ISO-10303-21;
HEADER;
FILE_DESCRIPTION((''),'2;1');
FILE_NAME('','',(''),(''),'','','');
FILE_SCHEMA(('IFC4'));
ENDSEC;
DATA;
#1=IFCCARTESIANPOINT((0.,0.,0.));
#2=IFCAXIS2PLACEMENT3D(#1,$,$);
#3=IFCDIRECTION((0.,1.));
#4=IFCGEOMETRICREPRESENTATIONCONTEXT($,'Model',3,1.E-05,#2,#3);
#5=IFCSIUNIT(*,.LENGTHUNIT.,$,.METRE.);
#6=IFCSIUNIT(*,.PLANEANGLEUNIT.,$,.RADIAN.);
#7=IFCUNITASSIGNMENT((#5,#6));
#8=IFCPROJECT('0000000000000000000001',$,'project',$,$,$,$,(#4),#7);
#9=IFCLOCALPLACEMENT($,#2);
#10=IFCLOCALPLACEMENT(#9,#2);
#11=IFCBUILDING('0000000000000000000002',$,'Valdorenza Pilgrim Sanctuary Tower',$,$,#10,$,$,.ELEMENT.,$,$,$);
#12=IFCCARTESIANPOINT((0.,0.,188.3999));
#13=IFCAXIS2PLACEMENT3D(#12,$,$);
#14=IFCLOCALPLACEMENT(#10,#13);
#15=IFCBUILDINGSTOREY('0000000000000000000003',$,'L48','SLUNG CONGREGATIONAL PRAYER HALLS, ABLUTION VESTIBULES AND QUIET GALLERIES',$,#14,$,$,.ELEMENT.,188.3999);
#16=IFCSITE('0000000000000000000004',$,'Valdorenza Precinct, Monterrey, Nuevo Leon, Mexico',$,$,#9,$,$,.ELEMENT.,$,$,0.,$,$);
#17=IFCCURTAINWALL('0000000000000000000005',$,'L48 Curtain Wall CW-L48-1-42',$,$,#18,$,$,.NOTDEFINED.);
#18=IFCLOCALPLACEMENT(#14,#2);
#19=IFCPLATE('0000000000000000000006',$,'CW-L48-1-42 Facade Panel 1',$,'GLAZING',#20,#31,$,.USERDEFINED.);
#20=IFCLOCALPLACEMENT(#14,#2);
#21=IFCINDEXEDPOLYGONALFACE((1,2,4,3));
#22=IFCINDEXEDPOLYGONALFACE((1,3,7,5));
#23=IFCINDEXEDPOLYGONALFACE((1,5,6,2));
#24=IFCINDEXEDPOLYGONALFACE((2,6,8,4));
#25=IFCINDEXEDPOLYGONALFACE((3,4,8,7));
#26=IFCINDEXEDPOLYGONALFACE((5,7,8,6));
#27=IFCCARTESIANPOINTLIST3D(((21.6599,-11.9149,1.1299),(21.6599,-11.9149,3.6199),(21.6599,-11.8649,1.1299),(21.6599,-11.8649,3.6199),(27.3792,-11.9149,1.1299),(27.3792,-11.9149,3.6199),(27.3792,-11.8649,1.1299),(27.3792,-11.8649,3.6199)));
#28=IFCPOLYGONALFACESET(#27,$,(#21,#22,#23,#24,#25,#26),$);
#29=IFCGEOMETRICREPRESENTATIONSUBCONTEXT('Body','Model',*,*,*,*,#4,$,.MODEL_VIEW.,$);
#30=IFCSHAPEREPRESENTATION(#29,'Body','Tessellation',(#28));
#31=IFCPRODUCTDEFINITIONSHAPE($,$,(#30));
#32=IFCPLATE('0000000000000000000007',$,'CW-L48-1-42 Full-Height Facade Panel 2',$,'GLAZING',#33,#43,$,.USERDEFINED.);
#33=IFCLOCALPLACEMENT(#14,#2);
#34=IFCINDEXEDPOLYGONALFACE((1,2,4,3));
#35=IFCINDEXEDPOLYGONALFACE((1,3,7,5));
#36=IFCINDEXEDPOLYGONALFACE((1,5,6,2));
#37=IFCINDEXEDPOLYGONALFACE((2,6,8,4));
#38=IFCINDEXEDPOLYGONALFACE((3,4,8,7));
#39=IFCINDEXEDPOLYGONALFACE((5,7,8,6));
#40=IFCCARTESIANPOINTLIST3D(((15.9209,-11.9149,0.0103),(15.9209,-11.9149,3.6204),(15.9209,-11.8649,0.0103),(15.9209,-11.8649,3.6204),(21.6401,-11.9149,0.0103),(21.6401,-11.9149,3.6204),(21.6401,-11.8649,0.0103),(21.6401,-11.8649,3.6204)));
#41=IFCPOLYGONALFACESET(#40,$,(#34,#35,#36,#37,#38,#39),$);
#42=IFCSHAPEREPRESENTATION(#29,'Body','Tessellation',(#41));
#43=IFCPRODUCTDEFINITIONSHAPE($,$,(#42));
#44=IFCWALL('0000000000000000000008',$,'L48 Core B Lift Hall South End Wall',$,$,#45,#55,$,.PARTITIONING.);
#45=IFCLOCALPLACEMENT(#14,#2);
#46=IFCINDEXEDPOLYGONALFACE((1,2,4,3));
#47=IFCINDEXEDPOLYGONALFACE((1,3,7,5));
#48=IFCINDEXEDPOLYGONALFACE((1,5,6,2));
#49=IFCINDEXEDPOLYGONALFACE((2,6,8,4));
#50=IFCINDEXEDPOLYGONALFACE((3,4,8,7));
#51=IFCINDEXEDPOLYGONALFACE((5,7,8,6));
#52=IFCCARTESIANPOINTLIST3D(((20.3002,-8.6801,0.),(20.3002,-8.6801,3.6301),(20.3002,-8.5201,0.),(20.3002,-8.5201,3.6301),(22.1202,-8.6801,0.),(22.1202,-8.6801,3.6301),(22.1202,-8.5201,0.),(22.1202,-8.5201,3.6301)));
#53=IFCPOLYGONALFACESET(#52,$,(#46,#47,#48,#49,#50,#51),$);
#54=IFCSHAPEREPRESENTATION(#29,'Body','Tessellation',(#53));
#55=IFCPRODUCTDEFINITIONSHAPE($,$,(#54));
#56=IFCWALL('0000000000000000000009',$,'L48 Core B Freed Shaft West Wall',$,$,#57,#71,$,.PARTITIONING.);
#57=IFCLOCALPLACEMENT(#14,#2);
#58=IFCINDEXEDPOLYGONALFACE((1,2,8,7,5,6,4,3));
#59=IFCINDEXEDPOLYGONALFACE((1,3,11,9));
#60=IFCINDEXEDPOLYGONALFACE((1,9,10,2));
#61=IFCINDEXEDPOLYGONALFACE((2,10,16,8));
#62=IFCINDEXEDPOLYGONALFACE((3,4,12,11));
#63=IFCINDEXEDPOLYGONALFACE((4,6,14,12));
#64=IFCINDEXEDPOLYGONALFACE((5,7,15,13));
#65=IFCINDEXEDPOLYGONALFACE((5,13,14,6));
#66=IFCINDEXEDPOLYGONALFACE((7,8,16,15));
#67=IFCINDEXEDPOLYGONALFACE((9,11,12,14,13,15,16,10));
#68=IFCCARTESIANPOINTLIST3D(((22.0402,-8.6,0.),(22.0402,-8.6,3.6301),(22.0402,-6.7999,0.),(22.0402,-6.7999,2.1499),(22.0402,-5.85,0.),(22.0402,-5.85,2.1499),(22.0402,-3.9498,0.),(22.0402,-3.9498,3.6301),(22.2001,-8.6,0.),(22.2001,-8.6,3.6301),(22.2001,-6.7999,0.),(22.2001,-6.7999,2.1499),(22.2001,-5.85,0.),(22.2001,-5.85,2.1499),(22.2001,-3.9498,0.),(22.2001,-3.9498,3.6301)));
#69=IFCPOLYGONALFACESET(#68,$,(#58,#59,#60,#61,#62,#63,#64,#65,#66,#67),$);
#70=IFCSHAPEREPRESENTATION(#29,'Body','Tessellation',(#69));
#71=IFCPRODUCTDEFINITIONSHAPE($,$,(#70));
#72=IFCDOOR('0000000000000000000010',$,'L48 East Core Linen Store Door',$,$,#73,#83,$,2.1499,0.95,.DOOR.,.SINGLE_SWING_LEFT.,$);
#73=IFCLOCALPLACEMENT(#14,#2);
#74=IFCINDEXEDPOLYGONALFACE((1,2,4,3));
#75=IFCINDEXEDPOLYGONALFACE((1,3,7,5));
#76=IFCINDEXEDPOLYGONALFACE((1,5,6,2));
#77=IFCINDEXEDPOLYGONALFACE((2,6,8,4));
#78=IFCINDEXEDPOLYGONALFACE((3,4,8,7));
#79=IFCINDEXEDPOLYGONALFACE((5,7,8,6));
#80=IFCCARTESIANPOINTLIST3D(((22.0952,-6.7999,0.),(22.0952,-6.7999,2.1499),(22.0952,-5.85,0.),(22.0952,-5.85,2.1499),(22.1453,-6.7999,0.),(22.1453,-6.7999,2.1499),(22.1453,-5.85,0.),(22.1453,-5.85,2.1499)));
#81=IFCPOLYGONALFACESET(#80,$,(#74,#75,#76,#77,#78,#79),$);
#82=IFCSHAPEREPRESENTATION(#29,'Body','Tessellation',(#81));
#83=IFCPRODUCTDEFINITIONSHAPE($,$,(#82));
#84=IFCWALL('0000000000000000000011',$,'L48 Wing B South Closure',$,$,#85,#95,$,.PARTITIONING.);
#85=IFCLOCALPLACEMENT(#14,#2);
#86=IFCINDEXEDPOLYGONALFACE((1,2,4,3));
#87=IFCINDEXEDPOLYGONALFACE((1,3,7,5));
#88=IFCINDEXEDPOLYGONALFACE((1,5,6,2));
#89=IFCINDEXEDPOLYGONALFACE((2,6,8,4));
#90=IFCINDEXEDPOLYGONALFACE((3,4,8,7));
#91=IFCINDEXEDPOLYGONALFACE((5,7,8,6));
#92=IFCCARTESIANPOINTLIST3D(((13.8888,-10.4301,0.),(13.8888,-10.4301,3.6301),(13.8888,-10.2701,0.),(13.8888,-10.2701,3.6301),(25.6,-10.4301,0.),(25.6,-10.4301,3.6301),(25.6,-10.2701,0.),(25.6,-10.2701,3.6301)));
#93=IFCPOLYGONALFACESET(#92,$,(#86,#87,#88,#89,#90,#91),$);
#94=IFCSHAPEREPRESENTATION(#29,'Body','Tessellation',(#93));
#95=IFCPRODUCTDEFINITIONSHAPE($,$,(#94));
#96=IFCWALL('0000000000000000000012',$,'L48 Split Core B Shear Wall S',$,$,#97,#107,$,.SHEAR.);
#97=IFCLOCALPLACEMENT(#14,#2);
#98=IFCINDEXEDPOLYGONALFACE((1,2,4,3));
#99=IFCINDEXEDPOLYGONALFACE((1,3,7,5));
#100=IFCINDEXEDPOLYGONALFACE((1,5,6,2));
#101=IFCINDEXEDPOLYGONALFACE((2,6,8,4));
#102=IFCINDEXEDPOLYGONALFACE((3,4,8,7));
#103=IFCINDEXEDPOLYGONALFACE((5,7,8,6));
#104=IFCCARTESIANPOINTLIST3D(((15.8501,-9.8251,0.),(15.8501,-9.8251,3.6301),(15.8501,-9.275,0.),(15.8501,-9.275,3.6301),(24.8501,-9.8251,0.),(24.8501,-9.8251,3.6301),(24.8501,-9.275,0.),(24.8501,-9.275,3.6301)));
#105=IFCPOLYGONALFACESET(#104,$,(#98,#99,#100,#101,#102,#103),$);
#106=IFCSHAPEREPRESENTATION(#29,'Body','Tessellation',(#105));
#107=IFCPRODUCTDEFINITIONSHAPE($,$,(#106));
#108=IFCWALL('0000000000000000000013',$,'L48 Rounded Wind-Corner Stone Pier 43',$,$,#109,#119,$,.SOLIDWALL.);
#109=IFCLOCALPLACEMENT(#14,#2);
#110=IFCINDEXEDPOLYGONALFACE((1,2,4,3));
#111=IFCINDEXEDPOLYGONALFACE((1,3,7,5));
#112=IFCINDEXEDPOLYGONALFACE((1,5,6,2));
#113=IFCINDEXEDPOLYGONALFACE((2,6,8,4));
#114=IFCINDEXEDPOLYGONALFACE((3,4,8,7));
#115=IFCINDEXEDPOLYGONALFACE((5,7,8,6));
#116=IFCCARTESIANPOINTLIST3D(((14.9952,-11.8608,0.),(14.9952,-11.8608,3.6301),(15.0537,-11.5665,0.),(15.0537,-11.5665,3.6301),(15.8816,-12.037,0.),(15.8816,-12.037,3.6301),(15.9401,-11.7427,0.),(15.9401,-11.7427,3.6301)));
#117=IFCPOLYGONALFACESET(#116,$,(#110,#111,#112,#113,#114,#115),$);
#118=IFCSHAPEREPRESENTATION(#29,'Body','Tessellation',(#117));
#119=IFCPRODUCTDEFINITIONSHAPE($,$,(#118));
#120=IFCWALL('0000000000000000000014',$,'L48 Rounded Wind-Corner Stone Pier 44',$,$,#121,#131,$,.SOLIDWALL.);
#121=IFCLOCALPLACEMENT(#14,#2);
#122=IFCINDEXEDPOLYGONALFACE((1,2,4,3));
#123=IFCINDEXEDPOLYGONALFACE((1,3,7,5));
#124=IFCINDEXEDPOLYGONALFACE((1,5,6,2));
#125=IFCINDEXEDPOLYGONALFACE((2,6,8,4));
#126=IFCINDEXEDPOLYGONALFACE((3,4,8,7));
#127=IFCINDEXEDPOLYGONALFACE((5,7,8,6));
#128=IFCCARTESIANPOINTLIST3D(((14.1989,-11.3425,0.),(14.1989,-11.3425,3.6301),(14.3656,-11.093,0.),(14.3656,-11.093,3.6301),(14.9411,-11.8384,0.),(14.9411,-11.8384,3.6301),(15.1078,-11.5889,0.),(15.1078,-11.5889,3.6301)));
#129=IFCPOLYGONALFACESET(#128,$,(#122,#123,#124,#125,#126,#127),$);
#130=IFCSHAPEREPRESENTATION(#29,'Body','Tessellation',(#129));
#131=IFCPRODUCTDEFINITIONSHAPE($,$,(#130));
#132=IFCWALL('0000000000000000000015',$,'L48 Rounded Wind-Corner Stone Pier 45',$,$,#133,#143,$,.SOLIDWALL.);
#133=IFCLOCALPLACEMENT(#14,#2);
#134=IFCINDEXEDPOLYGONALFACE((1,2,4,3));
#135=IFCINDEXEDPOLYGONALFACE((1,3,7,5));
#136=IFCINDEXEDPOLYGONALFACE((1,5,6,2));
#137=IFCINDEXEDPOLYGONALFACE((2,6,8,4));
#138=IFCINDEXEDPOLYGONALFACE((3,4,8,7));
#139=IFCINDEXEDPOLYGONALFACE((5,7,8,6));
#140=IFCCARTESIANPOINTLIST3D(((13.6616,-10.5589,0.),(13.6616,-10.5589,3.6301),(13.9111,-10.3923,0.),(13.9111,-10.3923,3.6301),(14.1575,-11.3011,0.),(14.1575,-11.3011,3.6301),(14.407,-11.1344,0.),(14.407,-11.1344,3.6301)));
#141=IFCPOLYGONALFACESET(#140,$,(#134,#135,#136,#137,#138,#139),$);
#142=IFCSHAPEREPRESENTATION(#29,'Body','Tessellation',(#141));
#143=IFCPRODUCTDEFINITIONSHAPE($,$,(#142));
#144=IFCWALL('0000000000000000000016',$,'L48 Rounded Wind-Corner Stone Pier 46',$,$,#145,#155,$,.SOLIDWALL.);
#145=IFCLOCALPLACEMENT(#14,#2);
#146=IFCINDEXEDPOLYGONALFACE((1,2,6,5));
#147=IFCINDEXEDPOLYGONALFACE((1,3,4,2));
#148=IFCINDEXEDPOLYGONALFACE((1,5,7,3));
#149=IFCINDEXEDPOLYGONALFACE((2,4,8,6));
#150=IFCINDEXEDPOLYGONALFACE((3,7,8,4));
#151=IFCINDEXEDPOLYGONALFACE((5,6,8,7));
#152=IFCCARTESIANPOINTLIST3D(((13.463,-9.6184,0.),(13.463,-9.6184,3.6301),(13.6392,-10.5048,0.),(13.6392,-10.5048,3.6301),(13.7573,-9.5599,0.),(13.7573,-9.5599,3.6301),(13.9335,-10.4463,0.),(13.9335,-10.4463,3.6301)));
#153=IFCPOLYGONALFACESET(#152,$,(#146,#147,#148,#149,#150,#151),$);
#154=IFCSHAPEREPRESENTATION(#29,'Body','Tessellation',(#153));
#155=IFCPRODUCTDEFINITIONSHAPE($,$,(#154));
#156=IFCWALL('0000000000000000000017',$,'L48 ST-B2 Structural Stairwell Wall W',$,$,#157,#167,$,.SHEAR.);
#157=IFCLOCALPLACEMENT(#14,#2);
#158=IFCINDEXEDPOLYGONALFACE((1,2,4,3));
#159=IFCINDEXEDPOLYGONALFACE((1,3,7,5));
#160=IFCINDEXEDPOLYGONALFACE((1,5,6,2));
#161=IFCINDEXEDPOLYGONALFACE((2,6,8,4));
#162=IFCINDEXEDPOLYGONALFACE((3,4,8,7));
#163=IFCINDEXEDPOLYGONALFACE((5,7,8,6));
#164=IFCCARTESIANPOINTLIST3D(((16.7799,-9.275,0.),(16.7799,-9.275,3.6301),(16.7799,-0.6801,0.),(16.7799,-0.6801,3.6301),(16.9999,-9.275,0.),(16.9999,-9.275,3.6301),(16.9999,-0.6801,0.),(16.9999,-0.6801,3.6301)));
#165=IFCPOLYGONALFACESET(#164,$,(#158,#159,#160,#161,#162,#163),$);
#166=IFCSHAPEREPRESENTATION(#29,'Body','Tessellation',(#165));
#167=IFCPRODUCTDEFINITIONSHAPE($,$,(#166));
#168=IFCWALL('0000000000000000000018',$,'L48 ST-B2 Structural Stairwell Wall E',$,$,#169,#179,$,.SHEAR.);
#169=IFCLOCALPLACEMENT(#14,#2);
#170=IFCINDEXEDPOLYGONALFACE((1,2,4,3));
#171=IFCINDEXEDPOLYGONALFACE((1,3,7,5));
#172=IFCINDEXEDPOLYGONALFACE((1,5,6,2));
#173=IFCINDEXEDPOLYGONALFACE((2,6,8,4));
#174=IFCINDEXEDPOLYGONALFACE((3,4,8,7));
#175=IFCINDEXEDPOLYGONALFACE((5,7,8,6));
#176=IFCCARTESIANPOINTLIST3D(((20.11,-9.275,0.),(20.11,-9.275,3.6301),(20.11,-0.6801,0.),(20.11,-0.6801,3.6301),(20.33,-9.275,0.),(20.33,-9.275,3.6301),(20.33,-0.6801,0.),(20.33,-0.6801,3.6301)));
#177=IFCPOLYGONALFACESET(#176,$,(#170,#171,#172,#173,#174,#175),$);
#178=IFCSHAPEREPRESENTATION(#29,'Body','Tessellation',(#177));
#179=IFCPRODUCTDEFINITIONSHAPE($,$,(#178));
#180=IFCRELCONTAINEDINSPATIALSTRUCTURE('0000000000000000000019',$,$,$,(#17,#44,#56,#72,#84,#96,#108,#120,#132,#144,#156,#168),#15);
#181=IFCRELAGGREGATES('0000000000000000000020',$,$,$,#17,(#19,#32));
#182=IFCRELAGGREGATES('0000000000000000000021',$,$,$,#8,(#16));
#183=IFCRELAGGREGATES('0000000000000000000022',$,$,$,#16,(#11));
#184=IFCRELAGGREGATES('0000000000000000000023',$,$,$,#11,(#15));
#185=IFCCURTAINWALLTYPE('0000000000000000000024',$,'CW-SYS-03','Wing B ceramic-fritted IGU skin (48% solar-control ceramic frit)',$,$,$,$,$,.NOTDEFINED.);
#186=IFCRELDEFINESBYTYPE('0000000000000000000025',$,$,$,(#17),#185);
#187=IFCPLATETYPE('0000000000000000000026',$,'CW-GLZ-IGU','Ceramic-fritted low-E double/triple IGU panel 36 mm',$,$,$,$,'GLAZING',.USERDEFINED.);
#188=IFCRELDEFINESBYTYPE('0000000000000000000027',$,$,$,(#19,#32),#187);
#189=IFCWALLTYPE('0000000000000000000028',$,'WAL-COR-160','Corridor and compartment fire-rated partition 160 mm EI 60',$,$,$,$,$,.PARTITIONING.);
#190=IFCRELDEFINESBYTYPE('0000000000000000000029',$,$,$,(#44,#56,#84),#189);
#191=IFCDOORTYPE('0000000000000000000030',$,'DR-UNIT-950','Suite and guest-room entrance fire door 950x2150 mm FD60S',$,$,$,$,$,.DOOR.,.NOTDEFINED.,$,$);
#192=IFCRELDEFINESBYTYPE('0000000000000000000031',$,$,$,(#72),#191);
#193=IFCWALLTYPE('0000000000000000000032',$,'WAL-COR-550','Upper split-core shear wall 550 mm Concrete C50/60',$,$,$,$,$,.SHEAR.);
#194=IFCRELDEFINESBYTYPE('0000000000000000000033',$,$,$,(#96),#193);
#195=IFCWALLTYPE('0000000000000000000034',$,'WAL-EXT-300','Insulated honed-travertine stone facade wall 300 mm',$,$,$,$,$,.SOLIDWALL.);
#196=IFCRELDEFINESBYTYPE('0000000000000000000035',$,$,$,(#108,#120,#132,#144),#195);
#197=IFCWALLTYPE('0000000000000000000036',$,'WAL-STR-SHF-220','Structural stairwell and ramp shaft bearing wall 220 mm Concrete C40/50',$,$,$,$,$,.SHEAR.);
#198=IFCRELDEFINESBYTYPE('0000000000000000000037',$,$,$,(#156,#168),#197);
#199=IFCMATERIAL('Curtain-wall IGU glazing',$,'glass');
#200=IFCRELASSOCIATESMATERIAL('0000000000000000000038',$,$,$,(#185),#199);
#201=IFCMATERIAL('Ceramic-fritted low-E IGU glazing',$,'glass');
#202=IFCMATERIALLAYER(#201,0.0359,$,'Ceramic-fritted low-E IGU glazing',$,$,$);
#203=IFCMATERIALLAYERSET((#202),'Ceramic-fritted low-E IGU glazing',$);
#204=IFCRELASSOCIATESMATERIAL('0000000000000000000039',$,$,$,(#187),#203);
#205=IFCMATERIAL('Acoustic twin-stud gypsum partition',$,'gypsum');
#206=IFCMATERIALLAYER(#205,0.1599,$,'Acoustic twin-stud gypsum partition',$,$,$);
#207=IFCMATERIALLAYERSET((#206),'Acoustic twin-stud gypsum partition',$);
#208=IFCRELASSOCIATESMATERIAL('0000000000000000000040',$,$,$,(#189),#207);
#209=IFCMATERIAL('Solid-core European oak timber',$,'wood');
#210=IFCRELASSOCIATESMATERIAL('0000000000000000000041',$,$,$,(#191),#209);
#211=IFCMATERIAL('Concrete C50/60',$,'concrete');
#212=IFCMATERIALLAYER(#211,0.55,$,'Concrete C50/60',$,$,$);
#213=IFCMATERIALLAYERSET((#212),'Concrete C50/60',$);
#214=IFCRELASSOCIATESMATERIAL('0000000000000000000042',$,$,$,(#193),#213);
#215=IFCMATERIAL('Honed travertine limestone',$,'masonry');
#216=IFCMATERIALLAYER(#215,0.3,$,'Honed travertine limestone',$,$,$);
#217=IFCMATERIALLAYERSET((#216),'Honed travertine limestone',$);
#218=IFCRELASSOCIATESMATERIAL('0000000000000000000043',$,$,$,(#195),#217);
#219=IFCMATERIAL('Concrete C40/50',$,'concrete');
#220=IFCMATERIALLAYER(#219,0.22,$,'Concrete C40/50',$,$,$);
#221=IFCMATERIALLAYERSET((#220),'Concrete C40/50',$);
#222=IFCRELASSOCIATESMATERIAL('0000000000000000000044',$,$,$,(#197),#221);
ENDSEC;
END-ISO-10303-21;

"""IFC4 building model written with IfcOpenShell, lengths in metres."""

from ifc_helpers import new_model, si_unit, direction, frame, frame_2d, origin, origin_2d, place, context, subcontext, project, spatial, rectangle, extrude, source, transform, mapped, material, layer, layer_set, type_object, element, fill, aggregate, save


model = new_model("IFC4")

# Units and contexts
model_context = context("Model", 3, precision=1e-05, world=origin(), true_north=direction((0.0, 1.0)))
body_context = subcontext(model_context, "Body", "Model", "MODEL_VIEW")
ifc_project = project(units=[si_unit("LENGTHUNIT", "METRE"), si_unit("PLANEANGLEUNIT", "RADIAN")], contexts=[model_context])

# Site, building, storey
site_placement = place(None, origin())
site = spatial("IfcSite", under=ifc_project, at=site_placement, Name="Valdorenza Precinct, Monterrey, Nuevo Leon, Mexico", CompositionType="ELEMENT", RefElevation=0.0)
building_placement = place(site_placement, origin())
building = spatial("IfcBuilding", under=site, at=building_placement, Name="Valdorenza Pilgrim Sanctuary Tower", CompositionType="ELEMENT")
storey_placement = place(building_placement, frame((0.0, 0.0, 188.3999)))
storey = spatial("IfcBuildingStorey", under=building, at=storey_placement, Name="L48", Description="SLUNG CONGREGATIONAL PRAYER HALLS, ABLUTION VESTIBULES AND QUIET GALLERIES", CompositionType="ELEMENT", Elevation=188.3999)

# Shared definitions
ifc_material_1 = material(Name="Concrete C50/60", Category="concrete")

# Curtain wall, plates
ifc_material_2 = material(Name="Curtain-wall IGU glazing", Category="glass")
curtain_wall_type = type_object("IfcCurtainWallType", Name="CW-SYS-03", Description="Wing B ceramic-fritted IGU skin (48% solar-control ceramic frit)", PredefinedType="NOTDEFINED", material=ifc_material_2)
curtain_wall_placement = place(storey_placement, origin())
curtain_wall = element("IfcCurtainWall", 1, at=curtain_wall_placement, inside=storey, type_object=curtain_wall_type, Name="L48 Curtain Wall CW-L48-1-42", PredefinedType="NOTDEFINED")
ifc_material_3 = material(Name="Honed travertine limestone", Category="masonry")
ifc_material_4 = material(Name="Ceramic-fritted low-E IGU glazing", Category="glass")
ifc_layer_1 = layer(ifc_material_4, 0.0359, Name="Ceramic-fritted low-E IGU glazing")
ifc_layer_set_1 = layer_set([ifc_layer_1], Name="Ceramic-fritted low-E IGU glazing")
plate_type_1 = type_object("IfcPlateType", Name="CW-GLZ-IGU", Description="Ceramic-fritted low-E double/triple IGU panel 36 mm", ElementType="GLAZING", PredefinedType="USERDEFINED", material=ifc_layer_set_1)
shared_shape_1 = source(origin(), body_context, "Body", "SweptSolid", [
    extrude(rectangle(XDim=5.7192, YDim=0.05, at=origin_2d()), origin(), (0.0, 0.0, 1.0), 2.49),
])
plate_1_placement = place(storey_placement, frame((24.5195, -11.8899, 1.1299), z_axis=(0.0, 0.0, 1.0), x_axis=(-1.0, 0.0, 0.0)))
plate_1 = element("IfcPlate", 2, at=plate_1_placement, type_object=plate_type_1, Name="CW-L48-1-42 Facade Panel 1", ObjectType="GLAZING", PredefinedType="USERDEFINED", context=body_context, shape_type="MappedRepresentation", body=[
    mapped(shared_shape_1, transform((0.0, 0.0, 0.0), x_axis=(1.0, 0.0, 0.0), y_axis=(0.0, 1.0, 0.0), z_axis=(0.0, 0.0, 1.0), scale=1.0)),
])
shared_shape_2 = source(origin(), body_context, "Body", "SweptSolid", [
    extrude(rectangle(XDim=5.7192, YDim=0.05, at=origin_2d()), origin(), (0.0, 0.0, 1.0), 3.6101),
])
plate_2_placement = place(storey_placement, frame((18.7805, -11.8899, 0.0103), z_axis=(0.0, 0.0, 1.0), x_axis=(-1.0, 0.0, 0.0)))
plate_2 = element("IfcPlate", 3, at=plate_2_placement, type_object=plate_type_1, Name="CW-L48-1-42 Full-Height Facade Panel 2", ObjectType="GLAZING", PredefinedType="USERDEFINED", context=body_context, shape_type="MappedRepresentation", body=[
    mapped(shared_shape_2, transform((0.0, 0.0, 0.0), x_axis=(1.0, 0.0, 0.0), y_axis=(0.0, 1.0, 0.0), z_axis=(0.0, 0.0, 1.0), scale=1.0)),
])
aggregate(curtain_wall, [plate_1, plate_2])

# Wall
ifc_material_5 = material(Name="Acoustic twin-stud gypsum partition", Category="gypsum")
ifc_layer_2 = layer(ifc_material_5, 0.1599, Name="Acoustic twin-stud gypsum partition")
ifc_layer_set_2 = layer_set([ifc_layer_2], Name="Acoustic twin-stud gypsum partition")
wall_type_1 = type_object("IfcWallType", Name="WAL-COR-160", Description="Corridor and compartment fire-rated partition 160 mm EI 60", PredefinedType="PARTITIONING", material=ifc_layer_set_2)
wall_1_placement = place(storey_placement, frame((20.3, -8.6001, 0.0), z_axis=(0.0, 0.0, 1.0), x_axis=(1.0, 0.0, 0.0)))
element("IfcWall", 4, at=wall_1_placement, inside=storey, type_object=wall_type_1, Name="L48 Core B Lift Hall South End Wall", PredefinedType="PARTITIONING", context=body_context, shape_type="SweptSolid", body=[
    extrude(rectangle(XDim=1.8201, YDim=0.1599, at=frame_2d((0.9102, 0.0))), origin(), (0.0, 0.0, 1.0), 3.6301),
])

# Wall, opening, door
wall_2_placement = place(storey_placement, frame((22.1201, -8.6001, 0.0), z_axis=(0.0, 0.0, 1.0), x_axis=(0.0, 1.0, 0.0)))
wall_2 = element("IfcWall", 5, at=wall_2_placement, inside=storey, type_object=wall_type_1, Name="L48 Core B Freed Shaft West Wall", PredefinedType="PARTITIONING", context=body_context, shape_type="SweptSolid", body=[
    extrude(rectangle(XDim=4.6501, YDim=0.1599, at=frame_2d((2.3252, 0.0))), origin(), (0.0, 0.0, 1.0), 3.6301),
])
opening_1_placement = place(wall_2_placement, frame((1.8, 0.0, 0.0)))
opening_1 = element("IfcOpeningElement", 6, at=opening_1_placement, cuts=wall_2, PredefinedType="OPENING", context=body_context, shape_type="SweptSolid", body=[
    extrude(rectangle(XDim=0.95, YDim=2.1499, at=frame_2d((0.4751, 1.075))), frame((0.0, 0.0947, 0.0), z_axis=(0.0, -1.0, 0.0), x_axis=(1.0, 0.0, 0.0)), (0.0, 0.0, 1.0), 0.1897),
])
ifc_material_6 = material(Name="Solid-core European oak timber", Category="wood")
door_type_1 = type_object("IfcDoorType", Name="DR-UNIT-950", Description="Suite and guest-room entrance fire door 950x2150 mm FD60S", OperationType="NOTDEFINED", PredefinedType="DOOR", material=ifc_material_6)
door_1_placement = place(opening_1_placement, origin())
door_1 = element("IfcDoor", 7, at=door_1_placement, inside=storey, type_object=door_type_1, Name="L48 East Core Linen Store Door", OperationType="SINGLE_SWING_LEFT", OverallHeight=2.1499, OverallWidth=0.95, PredefinedType="DOOR", context=body_context, shape_type="SweptSolid", body=[
    extrude(rectangle(XDim=0.95, YDim=2.1499, at=frame_2d((0.4751, 1.075))), frame((0.0, 0.0249, 0.0), z_axis=(0.0, -1.0, 0.0), x_axis=(1.0, 0.0, 0.0)), (0.0, 0.0, 1.0), 0.05),
])
fill(opening_1, door_1)

# Walls
wall_3_placement = place(storey_placement, frame((13.8889, -10.3501, 0.0), z_axis=(0.0, 0.0, 1.0), x_axis=(1.0, 0.0, 0.0)))
element("IfcWall", 8, at=wall_3_placement, inside=storey, type_object=wall_type_1, Name="L48 Wing B South Closure", PredefinedType="PARTITIONING", context=body_context, shape_type="SweptSolid", body=[
    extrude(rectangle(XDim=11.7112, YDim=0.1599, at=frame_2d((5.8555, 0.0))), origin(), (0.0, 0.0, 1.0), 3.6301),
])
ifc_layer_3 = layer(ifc_material_1, 0.55, Name="Concrete C50/60")
ifc_layer_set_3 = layer_set([ifc_layer_3], Name="Concrete C50/60")
wall_type_2 = type_object("IfcWallType", Name="WAL-COR-550", Description="Upper split-core shear wall 550 mm Concrete C50/60", PredefinedType="SHEAR", material=ifc_layer_set_3)
wall_4_placement = place(storey_placement, frame((15.8501, -9.55, 0.0), z_axis=(0.0, 0.0, 1.0), x_axis=(1.0, 0.0, 0.0)))
element("IfcWall", 9, at=wall_4_placement, inside=storey, type_object=wall_type_2, Name="L48 Split Core B Shear Wall S", PredefinedType="SHEAR", context=body_context, shape_type="SweptSolid", body=[
    extrude(rectangle(XDim=9.0, YDim=0.55, at=frame_2d((4.5, 0.0))), origin(), (0.0, 0.0, 1.0), 3.6301),
])
ifc_layer_4 = layer(ifc_material_3, 0.3, Name="Honed travertine limestone")
ifc_layer_set_4 = layer_set([ifc_layer_4], Name="Honed travertine limestone")
wall_type_3 = type_object("IfcWallType", Name="WAL-EXT-300", Description="Insulated honed-travertine stone facade wall 300 mm", PredefinedType="SOLIDWALL", material=ifc_layer_set_4)
wall_5_placement = place(storey_placement, frame((15.9109, -11.8899, 0.0), z_axis=(0.0, 0.0, 1.0), x_axis=(-0.980798, 0.195025, 0.0)))
element("IfcWall", 10, at=wall_5_placement, inside=storey, type_object=wall_type_3, Name="L48 Rounded Wind-Corner Stone Pier 43", PredefinedType="SOLIDWALL", context=body_context, shape_type="SweptSolid", body=[
    extrude(rectangle(XDim=0.9038, YDim=0.3, at=frame_2d((0.4519, 0.0))), origin(), (0.0, 0.0, 1.0), 3.6301),
])
for number, where, z_axis, x_axis, name in (
    (11, (15.0244, -11.7136, 0.0), (0.0, 0.0, 1.0), (-0.831503, 0.55552, 0.0), "L48 Rounded Wind-Corner Stone Pier 44"),
    (12, (14.2822, -11.2178, 0.0), (0.0, 0.0, 1.0), (-0.55552, 0.831503, 0.0), "L48 Rounded Wind-Corner Stone Pier 45"),
):
    element("IfcWall", number, at=place(storey_placement, frame(where, z_axis=z_axis, x_axis=x_axis)), inside=storey, type_object=wall_type_3, Name=name, PredefinedType="SOLIDWALL", context=body_context, shape_type="SweptSolid", body=[
        extrude(rectangle(XDim=0.8926, YDim=0.3, at=frame_2d((0.4463, 0.0))), origin(), (0.0, 0.0, 1.0), 3.6301),
    ])
wall_6_placement = place(storey_placement, frame((13.7864, -10.4756, 0.0), z_axis=(0.0, 0.0, 1.0), x_axis=(-0.195025, 0.980798, 0.0)))
element("IfcWall", 13, at=wall_6_placement, inside=storey, type_object=wall_type_3, Name="L48 Rounded Wind-Corner Stone Pier 46", PredefinedType="SOLIDWALL", context=body_context, shape_type="SweptSolid", body=[
    extrude(rectangle(XDim=0.9038, YDim=0.3, at=frame_2d((0.4519, 0.0))), origin(), (0.0, 0.0, 1.0), 3.6301),
])

# Walls
ifc_material_7 = material(Name="Concrete C40/50", Category="concrete")
ifc_layer_5 = layer(ifc_material_7, 0.22, Name="Concrete C40/50")
ifc_layer_set_5 = layer_set([ifc_layer_5], Name="Concrete C40/50")
wall_type_4 = type_object("IfcWallType", Name="WAL-STR-SHF-220", Description="Structural stairwell and ramp shaft bearing wall 220 mm Concrete C40/50", PredefinedType="SHEAR", material=ifc_layer_set_5)
for number, where, z_axis, x_axis, name in (
    (14, (16.8899, -9.2749, 0.0), (0.0, 0.0, 1.0), (0.0, 1.0, 0.0), "L48 ST-B2 Structural Stairwell Wall W"),
    (15, (20.22, -9.2749, 0.0), (0.0, 0.0, 1.0), (0.0, 1.0, 0.0), "L48 ST-B2 Structural Stairwell Wall E"),
):
    element("IfcWall", number, at=place(storey_placement, frame(where, z_axis=z_axis, x_axis=x_axis)), inside=storey, type_object=wall_type_4, Name=name, PredefinedType="SHEAR", context=body_context, shape_type="SweptSolid", body=[
        extrude(rectangle(XDim=8.595, YDim=0.22, at=frame_2d((4.2974, 0.0))), origin(), (0.0, 0.0, 1.0), 3.6301),
    ])

save(model, "model.ifc")
